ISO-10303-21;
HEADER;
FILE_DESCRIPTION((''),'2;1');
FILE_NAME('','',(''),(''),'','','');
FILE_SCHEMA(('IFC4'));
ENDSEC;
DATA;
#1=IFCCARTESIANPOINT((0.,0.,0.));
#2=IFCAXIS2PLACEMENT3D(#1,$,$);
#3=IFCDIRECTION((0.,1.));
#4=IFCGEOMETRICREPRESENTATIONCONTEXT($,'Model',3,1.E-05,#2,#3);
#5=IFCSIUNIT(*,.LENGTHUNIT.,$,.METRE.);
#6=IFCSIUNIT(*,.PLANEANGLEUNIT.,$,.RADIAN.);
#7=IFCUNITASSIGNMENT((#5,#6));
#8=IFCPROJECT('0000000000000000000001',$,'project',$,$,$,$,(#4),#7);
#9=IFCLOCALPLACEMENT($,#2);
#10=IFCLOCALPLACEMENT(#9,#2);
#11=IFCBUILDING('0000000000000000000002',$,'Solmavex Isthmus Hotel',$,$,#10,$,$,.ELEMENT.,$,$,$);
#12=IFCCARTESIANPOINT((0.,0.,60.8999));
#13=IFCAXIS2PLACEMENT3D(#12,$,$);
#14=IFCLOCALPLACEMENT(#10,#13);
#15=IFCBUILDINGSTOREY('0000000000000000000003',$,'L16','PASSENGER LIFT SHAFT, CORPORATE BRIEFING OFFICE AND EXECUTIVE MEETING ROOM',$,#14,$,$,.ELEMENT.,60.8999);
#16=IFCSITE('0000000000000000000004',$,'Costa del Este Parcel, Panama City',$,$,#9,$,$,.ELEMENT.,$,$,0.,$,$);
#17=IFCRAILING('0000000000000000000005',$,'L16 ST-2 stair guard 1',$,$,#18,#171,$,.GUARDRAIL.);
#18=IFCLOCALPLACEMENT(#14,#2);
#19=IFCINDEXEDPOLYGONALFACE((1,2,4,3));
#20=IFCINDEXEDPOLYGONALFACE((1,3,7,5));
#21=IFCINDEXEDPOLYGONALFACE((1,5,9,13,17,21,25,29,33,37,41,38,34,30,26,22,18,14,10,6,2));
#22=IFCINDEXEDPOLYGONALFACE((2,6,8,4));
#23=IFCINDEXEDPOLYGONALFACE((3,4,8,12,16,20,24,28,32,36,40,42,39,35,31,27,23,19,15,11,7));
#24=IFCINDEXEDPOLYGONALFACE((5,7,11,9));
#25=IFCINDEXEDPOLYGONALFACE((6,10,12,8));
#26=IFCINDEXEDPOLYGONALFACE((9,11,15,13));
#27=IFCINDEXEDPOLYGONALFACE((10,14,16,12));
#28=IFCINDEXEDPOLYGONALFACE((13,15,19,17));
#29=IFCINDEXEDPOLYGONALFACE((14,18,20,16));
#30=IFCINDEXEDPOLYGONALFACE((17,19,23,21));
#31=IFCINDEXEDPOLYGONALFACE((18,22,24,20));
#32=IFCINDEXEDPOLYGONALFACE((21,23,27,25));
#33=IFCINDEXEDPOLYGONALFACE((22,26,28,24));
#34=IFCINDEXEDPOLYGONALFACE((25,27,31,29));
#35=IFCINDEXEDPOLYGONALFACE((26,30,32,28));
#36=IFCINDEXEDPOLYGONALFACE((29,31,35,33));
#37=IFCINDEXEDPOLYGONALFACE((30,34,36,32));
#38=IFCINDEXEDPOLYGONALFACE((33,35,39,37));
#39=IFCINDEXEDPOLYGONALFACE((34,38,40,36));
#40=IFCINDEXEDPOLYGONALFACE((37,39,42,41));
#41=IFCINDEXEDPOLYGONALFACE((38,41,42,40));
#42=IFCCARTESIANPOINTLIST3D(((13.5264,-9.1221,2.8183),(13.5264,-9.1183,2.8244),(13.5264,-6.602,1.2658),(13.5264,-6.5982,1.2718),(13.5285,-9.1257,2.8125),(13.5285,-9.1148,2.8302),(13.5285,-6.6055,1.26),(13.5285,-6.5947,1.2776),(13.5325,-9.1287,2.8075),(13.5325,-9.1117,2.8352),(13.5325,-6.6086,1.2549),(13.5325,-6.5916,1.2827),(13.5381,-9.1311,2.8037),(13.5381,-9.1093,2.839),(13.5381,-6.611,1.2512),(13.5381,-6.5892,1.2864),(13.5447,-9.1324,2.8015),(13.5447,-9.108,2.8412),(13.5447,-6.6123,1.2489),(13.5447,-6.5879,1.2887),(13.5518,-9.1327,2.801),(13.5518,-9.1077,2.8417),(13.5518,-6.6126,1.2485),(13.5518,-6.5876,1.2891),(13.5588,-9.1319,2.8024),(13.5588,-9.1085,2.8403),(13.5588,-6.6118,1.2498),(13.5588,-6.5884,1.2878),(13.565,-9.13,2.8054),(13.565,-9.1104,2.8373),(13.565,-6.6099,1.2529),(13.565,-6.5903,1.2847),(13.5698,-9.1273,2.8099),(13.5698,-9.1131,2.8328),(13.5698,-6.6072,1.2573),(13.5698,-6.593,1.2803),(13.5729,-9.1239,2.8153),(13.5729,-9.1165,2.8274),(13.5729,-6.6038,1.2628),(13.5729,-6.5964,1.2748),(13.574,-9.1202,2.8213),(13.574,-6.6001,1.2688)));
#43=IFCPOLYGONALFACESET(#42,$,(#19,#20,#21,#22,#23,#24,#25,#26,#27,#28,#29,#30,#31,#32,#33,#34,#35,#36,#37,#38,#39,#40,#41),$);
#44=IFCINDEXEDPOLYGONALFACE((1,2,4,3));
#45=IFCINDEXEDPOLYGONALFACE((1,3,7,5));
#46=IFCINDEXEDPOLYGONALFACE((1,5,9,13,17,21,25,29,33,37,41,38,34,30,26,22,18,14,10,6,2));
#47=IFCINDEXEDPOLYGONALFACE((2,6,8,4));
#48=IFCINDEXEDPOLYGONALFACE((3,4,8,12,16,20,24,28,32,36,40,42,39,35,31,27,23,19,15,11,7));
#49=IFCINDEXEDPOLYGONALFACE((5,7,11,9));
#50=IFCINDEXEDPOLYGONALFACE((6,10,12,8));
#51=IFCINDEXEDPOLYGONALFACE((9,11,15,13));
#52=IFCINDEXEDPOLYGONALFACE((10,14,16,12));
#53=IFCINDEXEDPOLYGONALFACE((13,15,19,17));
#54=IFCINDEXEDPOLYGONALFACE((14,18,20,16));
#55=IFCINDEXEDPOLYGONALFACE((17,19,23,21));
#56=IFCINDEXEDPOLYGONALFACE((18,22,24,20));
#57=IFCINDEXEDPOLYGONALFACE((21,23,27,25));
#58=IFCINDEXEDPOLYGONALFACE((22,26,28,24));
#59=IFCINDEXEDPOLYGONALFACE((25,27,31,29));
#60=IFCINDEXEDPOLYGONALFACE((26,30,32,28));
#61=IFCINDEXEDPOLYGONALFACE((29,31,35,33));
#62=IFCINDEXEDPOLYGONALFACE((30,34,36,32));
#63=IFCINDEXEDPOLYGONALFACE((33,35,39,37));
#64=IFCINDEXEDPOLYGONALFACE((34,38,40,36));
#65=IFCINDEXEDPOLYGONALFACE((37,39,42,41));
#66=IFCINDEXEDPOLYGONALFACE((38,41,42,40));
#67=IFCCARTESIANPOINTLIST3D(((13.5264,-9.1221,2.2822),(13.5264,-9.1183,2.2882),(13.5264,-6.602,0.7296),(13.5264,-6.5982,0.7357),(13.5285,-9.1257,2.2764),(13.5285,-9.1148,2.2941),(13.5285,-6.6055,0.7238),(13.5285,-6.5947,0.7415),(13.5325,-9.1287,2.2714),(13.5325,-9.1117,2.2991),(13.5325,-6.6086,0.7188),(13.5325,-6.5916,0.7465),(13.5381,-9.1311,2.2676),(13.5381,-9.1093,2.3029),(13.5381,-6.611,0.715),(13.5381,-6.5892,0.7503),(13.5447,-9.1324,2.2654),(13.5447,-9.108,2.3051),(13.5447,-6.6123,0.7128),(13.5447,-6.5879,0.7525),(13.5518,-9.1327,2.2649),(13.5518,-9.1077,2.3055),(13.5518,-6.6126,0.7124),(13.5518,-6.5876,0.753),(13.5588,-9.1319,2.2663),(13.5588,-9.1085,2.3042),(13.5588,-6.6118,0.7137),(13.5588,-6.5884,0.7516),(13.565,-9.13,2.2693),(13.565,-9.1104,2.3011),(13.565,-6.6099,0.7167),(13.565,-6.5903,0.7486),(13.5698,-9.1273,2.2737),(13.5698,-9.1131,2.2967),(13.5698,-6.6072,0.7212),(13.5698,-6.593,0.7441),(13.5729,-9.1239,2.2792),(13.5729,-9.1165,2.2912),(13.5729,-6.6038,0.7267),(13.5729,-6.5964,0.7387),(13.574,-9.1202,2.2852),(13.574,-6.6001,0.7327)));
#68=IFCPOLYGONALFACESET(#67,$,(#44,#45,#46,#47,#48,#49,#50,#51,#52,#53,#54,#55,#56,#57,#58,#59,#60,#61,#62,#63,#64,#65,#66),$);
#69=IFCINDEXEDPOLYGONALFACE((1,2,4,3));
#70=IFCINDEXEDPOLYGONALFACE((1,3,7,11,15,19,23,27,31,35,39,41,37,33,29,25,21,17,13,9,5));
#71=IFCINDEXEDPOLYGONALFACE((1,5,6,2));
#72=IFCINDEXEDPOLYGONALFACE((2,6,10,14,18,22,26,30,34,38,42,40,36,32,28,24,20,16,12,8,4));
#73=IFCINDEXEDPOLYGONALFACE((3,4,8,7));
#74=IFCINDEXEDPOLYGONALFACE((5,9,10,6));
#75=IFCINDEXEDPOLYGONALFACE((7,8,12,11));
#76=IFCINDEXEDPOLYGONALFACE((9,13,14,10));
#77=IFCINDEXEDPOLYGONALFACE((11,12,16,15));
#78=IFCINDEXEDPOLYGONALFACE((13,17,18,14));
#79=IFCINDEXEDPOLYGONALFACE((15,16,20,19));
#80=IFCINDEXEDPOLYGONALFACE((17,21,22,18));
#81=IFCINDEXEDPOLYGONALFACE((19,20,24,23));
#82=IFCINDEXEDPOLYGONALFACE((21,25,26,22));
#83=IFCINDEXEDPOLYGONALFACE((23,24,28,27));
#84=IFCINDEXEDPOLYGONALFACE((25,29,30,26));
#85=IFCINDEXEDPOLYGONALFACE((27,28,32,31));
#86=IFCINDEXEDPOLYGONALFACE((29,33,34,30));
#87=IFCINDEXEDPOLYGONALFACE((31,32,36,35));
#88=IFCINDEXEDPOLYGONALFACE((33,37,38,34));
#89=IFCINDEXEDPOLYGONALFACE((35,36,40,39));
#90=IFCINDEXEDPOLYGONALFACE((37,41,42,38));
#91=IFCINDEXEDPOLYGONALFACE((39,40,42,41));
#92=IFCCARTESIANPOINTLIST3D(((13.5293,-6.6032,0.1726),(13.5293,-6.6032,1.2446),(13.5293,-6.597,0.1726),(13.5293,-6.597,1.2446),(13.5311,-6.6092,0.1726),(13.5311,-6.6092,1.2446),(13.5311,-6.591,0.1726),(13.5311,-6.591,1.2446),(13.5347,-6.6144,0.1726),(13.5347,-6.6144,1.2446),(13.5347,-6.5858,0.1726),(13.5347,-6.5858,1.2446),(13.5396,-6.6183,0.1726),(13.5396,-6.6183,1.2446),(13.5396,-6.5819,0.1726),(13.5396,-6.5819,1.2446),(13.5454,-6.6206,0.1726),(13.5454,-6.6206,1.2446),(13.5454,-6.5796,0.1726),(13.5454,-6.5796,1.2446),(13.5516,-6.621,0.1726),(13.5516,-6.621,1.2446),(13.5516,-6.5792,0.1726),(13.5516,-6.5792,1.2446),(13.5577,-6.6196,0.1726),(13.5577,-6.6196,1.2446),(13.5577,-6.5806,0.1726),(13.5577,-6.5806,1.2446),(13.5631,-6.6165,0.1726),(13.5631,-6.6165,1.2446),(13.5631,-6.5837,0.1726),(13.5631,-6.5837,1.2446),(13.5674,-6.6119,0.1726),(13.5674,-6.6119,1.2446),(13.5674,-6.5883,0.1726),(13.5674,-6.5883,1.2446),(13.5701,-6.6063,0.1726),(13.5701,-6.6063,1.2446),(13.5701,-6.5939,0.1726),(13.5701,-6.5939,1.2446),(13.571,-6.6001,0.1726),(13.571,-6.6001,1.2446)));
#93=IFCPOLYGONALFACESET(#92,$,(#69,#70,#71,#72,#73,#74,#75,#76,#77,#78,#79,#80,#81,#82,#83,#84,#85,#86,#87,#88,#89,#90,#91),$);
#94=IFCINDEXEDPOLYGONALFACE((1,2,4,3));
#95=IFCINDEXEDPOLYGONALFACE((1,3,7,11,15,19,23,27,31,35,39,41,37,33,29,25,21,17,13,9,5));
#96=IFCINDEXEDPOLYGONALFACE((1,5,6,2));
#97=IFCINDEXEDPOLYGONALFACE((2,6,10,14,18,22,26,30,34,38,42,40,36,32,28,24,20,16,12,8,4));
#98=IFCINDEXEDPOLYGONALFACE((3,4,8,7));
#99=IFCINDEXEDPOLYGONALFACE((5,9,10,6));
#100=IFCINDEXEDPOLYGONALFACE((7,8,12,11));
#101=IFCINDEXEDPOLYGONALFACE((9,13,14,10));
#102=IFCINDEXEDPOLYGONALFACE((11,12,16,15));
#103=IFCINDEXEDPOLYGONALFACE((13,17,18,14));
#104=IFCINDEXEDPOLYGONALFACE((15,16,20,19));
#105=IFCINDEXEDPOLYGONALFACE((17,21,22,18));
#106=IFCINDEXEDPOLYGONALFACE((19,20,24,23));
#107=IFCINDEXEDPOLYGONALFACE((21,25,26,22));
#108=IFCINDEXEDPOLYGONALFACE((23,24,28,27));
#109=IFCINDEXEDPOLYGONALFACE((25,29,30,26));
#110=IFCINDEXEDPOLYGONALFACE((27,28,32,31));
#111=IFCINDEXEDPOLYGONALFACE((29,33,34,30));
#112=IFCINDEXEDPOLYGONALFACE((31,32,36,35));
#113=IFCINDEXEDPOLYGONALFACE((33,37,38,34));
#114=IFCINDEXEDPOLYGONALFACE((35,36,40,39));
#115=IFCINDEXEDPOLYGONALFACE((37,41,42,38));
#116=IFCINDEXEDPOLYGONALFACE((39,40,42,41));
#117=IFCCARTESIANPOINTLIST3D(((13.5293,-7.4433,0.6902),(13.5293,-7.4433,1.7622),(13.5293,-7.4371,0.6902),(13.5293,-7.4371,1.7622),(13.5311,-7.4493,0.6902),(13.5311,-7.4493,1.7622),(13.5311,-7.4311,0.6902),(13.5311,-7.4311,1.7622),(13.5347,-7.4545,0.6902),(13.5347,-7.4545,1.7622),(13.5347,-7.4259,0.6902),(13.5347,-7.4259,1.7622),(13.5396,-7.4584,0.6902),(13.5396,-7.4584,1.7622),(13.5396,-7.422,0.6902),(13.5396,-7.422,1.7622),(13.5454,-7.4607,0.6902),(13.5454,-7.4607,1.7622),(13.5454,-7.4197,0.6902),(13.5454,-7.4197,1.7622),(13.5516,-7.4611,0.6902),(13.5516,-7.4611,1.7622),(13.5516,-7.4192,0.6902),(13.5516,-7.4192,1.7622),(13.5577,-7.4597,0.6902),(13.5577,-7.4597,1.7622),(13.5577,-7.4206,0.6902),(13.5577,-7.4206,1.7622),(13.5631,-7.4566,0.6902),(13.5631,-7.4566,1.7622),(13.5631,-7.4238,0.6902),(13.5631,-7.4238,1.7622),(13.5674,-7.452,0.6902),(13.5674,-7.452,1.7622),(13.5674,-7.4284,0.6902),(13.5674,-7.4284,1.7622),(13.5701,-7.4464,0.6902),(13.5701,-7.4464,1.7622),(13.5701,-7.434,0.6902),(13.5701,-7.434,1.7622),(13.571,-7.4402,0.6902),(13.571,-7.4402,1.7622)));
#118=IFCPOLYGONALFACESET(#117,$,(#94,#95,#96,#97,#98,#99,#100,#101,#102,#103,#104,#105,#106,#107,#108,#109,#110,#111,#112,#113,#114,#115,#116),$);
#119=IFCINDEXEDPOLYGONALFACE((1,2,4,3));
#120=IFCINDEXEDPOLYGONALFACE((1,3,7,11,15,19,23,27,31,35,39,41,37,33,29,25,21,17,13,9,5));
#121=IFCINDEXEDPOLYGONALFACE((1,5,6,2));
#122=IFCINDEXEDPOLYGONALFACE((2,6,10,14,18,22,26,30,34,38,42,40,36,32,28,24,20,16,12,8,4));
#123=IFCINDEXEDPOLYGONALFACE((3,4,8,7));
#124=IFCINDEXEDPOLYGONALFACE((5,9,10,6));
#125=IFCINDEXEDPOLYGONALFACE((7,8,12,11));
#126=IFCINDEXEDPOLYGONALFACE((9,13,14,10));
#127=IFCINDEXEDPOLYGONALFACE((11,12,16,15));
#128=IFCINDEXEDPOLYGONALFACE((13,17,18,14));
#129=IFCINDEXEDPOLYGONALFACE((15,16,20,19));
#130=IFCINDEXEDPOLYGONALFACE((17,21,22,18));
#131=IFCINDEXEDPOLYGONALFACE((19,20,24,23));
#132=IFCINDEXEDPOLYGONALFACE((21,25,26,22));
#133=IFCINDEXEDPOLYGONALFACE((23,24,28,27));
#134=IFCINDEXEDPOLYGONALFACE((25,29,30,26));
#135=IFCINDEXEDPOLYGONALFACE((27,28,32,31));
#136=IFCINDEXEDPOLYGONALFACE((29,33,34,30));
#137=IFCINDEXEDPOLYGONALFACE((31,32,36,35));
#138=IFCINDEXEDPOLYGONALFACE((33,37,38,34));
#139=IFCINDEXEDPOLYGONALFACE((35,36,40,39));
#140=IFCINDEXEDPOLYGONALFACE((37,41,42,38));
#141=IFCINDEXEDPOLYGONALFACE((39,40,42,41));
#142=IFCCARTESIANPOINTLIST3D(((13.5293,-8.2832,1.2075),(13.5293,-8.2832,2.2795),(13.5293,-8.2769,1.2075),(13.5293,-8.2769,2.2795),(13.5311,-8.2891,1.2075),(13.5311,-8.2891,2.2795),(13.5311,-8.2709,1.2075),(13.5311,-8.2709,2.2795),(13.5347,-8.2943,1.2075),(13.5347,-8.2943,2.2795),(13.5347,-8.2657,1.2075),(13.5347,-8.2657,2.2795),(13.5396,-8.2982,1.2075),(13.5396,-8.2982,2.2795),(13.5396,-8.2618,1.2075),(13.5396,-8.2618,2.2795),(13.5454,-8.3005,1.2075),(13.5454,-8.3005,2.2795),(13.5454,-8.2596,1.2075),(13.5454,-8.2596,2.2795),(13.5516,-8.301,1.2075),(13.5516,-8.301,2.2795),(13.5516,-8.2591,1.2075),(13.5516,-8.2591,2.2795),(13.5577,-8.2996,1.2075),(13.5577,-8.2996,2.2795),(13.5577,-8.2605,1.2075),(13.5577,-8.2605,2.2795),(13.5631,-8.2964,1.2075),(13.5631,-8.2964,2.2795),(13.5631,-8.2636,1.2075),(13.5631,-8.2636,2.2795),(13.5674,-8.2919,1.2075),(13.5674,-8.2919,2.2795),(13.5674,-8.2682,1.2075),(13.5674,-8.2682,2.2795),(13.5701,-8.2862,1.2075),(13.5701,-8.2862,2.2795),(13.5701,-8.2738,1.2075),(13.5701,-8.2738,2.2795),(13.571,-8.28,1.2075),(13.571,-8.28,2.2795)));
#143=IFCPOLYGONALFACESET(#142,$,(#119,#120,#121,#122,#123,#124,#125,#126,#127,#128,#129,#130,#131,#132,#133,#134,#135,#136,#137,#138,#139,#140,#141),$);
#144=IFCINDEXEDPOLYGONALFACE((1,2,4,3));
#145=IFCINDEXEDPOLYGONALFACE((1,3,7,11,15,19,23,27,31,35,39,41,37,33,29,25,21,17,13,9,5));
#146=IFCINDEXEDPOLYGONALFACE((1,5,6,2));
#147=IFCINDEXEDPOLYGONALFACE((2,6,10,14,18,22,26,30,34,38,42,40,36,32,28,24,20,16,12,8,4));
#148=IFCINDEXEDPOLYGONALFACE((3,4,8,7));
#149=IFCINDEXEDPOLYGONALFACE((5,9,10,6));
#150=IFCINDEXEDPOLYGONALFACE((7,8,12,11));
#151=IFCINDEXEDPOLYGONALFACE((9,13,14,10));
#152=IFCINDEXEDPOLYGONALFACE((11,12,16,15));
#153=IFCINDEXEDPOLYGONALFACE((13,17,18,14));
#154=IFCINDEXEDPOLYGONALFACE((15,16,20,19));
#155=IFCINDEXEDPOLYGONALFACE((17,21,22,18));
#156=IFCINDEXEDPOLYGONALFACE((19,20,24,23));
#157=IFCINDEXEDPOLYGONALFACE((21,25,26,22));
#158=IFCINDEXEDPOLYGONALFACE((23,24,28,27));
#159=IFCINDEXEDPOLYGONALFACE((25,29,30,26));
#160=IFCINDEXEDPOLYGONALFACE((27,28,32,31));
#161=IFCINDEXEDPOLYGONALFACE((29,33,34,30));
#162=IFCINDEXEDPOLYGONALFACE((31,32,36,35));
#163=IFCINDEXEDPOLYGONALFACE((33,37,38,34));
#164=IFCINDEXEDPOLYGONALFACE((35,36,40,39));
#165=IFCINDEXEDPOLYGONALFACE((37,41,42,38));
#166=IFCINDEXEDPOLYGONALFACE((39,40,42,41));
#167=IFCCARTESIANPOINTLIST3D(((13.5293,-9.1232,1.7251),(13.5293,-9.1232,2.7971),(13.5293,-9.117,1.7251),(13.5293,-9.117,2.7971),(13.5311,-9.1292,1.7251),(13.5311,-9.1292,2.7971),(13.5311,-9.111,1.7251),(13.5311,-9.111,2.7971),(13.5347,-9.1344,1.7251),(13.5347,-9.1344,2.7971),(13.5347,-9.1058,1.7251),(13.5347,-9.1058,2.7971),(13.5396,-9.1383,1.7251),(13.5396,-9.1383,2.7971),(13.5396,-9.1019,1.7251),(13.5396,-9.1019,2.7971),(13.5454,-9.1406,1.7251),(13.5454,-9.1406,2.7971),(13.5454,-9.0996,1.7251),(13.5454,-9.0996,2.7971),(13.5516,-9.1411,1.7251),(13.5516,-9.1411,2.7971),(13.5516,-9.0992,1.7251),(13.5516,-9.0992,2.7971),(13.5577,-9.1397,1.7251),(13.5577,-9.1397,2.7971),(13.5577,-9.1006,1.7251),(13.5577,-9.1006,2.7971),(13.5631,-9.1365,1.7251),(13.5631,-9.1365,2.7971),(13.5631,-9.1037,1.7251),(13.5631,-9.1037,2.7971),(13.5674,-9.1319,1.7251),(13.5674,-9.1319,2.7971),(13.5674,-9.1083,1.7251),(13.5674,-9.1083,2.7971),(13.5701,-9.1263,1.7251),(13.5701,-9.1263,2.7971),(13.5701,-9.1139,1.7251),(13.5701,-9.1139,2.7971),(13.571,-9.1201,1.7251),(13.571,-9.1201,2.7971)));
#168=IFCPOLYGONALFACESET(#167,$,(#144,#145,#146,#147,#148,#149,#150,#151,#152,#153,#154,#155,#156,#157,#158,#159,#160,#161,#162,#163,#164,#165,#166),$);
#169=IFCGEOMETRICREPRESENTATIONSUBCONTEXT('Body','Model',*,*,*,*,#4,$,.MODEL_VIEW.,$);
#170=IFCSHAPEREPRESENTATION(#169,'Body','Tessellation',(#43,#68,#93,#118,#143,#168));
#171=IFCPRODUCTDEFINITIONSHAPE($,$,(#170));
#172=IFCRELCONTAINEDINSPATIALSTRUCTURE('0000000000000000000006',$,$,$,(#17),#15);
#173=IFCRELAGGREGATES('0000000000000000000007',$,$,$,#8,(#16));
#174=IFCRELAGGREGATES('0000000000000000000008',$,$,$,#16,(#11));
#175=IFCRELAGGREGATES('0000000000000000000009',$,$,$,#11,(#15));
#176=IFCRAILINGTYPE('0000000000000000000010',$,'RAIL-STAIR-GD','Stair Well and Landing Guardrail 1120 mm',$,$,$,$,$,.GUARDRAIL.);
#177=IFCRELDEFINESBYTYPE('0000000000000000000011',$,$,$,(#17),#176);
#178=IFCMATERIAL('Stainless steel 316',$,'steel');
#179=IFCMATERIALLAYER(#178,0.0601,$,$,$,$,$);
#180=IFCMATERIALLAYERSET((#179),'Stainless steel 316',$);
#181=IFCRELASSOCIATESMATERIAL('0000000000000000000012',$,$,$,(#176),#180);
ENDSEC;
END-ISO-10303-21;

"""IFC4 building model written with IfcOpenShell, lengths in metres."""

from ifc_helpers import new_model, si_unit, direction, frame, origin, origin_2d, place, context, subcontext, project, spatial, circle, extrude, material, layer, layer_set, type_object, element, save


model = new_model("IFC4")

# Units and contexts
model_context = context("Model", 3, precision=1e-05, world=origin(), true_north=direction((0.0, 1.0)))
body_context = subcontext(model_context, "Body", "Model", "MODEL_VIEW")
ifc_project = project(units=[si_unit("LENGTHUNIT", "METRE"), si_unit("PLANEANGLEUNIT", "RADIAN")], contexts=[model_context])

# Site, building, storey
site_placement = place(None, origin())
site = spatial("IfcSite", under=ifc_project, at=site_placement, Name="Costa del Este Parcel, Panama City", CompositionType="ELEMENT", RefElevation=0.0)
building_placement = place(site_placement, origin())
building = spatial("IfcBuilding", under=site, at=building_placement, Name="Solmavex Isthmus Hotel", CompositionType="ELEMENT")
storey_placement = place(building_placement, frame((0.0, 0.0, 60.8999)))
storey = spatial("IfcBuildingStorey", under=building, at=storey_placement, Name="L16", Description="PASSENGER LIFT SHAFT, CORPORATE BRIEFING OFFICE AND EXECUTIVE MEETING ROOM", CompositionType="ELEMENT", Elevation=60.8999)

# Railing
ifc_material_1 = material(Name="Stainless steel 316", Category="steel")
ifc_layer_1 = layer(ifc_material_1, 0.0601)
ifc_layer_set_1 = layer_set([ifc_layer_1], Name="Stainless steel 316")
railing_type_1 = type_object("IfcRailingType", Name="RAIL-STAIR-GD", Description="Stair Well and Landing Guardrail 1120 mm", PredefinedType="GUARDRAIL", material=ifc_layer_set_1)
railing_1_placement = place(storey_placement, frame((13.55, -6.6001, 0.1726)))
element("IfcRailing", 1, at=railing_1_placement, inside=storey, type_object=railing_type_1, Name="L16 ST-2 stair guard 1", PredefinedType="GUARDRAIL", context=body_context, shape_type="SweptSolid", body=[
    extrude(circle(Radius=0.0239, at=origin_2d()), frame((0.0, 0.0, 1.0962), z_axis=(0.0, -0.8514, 0.524516), x_axis=(1.0, 0.0, 0.0)), (0.0, 0.0, 1.0), 2.96),
    extrude(circle(Radius=0.0239, at=origin_2d()), frame((0.0, 0.0, 0.5601), z_axis=(0.0, -0.8514, 0.524516), x_axis=(1.0, 0.0, 0.0)), (0.0, 0.0, 1.0), 2.96),
    extrude(circle(Radius=0.021, at=origin_2d()), origin(), (0.0, 0.0, 1.0), 1.072),
    extrude(circle(Radius=0.021, at=origin_2d()), frame((0.0, -0.8401, 0.5176)), (0.0, 0.0, 1.0), 1.072),
    extrude(circle(Radius=0.021, at=origin_2d()), frame((0.0, -1.6799, 1.0349)), (0.0, 0.0, 1.0), 1.072),
    extrude(circle(Radius=0.021, at=origin_2d()), frame((0.0, -2.52, 1.5525)), (0.0, 0.0, 1.0), 1.072),
])

save(model, "model.ifc")
